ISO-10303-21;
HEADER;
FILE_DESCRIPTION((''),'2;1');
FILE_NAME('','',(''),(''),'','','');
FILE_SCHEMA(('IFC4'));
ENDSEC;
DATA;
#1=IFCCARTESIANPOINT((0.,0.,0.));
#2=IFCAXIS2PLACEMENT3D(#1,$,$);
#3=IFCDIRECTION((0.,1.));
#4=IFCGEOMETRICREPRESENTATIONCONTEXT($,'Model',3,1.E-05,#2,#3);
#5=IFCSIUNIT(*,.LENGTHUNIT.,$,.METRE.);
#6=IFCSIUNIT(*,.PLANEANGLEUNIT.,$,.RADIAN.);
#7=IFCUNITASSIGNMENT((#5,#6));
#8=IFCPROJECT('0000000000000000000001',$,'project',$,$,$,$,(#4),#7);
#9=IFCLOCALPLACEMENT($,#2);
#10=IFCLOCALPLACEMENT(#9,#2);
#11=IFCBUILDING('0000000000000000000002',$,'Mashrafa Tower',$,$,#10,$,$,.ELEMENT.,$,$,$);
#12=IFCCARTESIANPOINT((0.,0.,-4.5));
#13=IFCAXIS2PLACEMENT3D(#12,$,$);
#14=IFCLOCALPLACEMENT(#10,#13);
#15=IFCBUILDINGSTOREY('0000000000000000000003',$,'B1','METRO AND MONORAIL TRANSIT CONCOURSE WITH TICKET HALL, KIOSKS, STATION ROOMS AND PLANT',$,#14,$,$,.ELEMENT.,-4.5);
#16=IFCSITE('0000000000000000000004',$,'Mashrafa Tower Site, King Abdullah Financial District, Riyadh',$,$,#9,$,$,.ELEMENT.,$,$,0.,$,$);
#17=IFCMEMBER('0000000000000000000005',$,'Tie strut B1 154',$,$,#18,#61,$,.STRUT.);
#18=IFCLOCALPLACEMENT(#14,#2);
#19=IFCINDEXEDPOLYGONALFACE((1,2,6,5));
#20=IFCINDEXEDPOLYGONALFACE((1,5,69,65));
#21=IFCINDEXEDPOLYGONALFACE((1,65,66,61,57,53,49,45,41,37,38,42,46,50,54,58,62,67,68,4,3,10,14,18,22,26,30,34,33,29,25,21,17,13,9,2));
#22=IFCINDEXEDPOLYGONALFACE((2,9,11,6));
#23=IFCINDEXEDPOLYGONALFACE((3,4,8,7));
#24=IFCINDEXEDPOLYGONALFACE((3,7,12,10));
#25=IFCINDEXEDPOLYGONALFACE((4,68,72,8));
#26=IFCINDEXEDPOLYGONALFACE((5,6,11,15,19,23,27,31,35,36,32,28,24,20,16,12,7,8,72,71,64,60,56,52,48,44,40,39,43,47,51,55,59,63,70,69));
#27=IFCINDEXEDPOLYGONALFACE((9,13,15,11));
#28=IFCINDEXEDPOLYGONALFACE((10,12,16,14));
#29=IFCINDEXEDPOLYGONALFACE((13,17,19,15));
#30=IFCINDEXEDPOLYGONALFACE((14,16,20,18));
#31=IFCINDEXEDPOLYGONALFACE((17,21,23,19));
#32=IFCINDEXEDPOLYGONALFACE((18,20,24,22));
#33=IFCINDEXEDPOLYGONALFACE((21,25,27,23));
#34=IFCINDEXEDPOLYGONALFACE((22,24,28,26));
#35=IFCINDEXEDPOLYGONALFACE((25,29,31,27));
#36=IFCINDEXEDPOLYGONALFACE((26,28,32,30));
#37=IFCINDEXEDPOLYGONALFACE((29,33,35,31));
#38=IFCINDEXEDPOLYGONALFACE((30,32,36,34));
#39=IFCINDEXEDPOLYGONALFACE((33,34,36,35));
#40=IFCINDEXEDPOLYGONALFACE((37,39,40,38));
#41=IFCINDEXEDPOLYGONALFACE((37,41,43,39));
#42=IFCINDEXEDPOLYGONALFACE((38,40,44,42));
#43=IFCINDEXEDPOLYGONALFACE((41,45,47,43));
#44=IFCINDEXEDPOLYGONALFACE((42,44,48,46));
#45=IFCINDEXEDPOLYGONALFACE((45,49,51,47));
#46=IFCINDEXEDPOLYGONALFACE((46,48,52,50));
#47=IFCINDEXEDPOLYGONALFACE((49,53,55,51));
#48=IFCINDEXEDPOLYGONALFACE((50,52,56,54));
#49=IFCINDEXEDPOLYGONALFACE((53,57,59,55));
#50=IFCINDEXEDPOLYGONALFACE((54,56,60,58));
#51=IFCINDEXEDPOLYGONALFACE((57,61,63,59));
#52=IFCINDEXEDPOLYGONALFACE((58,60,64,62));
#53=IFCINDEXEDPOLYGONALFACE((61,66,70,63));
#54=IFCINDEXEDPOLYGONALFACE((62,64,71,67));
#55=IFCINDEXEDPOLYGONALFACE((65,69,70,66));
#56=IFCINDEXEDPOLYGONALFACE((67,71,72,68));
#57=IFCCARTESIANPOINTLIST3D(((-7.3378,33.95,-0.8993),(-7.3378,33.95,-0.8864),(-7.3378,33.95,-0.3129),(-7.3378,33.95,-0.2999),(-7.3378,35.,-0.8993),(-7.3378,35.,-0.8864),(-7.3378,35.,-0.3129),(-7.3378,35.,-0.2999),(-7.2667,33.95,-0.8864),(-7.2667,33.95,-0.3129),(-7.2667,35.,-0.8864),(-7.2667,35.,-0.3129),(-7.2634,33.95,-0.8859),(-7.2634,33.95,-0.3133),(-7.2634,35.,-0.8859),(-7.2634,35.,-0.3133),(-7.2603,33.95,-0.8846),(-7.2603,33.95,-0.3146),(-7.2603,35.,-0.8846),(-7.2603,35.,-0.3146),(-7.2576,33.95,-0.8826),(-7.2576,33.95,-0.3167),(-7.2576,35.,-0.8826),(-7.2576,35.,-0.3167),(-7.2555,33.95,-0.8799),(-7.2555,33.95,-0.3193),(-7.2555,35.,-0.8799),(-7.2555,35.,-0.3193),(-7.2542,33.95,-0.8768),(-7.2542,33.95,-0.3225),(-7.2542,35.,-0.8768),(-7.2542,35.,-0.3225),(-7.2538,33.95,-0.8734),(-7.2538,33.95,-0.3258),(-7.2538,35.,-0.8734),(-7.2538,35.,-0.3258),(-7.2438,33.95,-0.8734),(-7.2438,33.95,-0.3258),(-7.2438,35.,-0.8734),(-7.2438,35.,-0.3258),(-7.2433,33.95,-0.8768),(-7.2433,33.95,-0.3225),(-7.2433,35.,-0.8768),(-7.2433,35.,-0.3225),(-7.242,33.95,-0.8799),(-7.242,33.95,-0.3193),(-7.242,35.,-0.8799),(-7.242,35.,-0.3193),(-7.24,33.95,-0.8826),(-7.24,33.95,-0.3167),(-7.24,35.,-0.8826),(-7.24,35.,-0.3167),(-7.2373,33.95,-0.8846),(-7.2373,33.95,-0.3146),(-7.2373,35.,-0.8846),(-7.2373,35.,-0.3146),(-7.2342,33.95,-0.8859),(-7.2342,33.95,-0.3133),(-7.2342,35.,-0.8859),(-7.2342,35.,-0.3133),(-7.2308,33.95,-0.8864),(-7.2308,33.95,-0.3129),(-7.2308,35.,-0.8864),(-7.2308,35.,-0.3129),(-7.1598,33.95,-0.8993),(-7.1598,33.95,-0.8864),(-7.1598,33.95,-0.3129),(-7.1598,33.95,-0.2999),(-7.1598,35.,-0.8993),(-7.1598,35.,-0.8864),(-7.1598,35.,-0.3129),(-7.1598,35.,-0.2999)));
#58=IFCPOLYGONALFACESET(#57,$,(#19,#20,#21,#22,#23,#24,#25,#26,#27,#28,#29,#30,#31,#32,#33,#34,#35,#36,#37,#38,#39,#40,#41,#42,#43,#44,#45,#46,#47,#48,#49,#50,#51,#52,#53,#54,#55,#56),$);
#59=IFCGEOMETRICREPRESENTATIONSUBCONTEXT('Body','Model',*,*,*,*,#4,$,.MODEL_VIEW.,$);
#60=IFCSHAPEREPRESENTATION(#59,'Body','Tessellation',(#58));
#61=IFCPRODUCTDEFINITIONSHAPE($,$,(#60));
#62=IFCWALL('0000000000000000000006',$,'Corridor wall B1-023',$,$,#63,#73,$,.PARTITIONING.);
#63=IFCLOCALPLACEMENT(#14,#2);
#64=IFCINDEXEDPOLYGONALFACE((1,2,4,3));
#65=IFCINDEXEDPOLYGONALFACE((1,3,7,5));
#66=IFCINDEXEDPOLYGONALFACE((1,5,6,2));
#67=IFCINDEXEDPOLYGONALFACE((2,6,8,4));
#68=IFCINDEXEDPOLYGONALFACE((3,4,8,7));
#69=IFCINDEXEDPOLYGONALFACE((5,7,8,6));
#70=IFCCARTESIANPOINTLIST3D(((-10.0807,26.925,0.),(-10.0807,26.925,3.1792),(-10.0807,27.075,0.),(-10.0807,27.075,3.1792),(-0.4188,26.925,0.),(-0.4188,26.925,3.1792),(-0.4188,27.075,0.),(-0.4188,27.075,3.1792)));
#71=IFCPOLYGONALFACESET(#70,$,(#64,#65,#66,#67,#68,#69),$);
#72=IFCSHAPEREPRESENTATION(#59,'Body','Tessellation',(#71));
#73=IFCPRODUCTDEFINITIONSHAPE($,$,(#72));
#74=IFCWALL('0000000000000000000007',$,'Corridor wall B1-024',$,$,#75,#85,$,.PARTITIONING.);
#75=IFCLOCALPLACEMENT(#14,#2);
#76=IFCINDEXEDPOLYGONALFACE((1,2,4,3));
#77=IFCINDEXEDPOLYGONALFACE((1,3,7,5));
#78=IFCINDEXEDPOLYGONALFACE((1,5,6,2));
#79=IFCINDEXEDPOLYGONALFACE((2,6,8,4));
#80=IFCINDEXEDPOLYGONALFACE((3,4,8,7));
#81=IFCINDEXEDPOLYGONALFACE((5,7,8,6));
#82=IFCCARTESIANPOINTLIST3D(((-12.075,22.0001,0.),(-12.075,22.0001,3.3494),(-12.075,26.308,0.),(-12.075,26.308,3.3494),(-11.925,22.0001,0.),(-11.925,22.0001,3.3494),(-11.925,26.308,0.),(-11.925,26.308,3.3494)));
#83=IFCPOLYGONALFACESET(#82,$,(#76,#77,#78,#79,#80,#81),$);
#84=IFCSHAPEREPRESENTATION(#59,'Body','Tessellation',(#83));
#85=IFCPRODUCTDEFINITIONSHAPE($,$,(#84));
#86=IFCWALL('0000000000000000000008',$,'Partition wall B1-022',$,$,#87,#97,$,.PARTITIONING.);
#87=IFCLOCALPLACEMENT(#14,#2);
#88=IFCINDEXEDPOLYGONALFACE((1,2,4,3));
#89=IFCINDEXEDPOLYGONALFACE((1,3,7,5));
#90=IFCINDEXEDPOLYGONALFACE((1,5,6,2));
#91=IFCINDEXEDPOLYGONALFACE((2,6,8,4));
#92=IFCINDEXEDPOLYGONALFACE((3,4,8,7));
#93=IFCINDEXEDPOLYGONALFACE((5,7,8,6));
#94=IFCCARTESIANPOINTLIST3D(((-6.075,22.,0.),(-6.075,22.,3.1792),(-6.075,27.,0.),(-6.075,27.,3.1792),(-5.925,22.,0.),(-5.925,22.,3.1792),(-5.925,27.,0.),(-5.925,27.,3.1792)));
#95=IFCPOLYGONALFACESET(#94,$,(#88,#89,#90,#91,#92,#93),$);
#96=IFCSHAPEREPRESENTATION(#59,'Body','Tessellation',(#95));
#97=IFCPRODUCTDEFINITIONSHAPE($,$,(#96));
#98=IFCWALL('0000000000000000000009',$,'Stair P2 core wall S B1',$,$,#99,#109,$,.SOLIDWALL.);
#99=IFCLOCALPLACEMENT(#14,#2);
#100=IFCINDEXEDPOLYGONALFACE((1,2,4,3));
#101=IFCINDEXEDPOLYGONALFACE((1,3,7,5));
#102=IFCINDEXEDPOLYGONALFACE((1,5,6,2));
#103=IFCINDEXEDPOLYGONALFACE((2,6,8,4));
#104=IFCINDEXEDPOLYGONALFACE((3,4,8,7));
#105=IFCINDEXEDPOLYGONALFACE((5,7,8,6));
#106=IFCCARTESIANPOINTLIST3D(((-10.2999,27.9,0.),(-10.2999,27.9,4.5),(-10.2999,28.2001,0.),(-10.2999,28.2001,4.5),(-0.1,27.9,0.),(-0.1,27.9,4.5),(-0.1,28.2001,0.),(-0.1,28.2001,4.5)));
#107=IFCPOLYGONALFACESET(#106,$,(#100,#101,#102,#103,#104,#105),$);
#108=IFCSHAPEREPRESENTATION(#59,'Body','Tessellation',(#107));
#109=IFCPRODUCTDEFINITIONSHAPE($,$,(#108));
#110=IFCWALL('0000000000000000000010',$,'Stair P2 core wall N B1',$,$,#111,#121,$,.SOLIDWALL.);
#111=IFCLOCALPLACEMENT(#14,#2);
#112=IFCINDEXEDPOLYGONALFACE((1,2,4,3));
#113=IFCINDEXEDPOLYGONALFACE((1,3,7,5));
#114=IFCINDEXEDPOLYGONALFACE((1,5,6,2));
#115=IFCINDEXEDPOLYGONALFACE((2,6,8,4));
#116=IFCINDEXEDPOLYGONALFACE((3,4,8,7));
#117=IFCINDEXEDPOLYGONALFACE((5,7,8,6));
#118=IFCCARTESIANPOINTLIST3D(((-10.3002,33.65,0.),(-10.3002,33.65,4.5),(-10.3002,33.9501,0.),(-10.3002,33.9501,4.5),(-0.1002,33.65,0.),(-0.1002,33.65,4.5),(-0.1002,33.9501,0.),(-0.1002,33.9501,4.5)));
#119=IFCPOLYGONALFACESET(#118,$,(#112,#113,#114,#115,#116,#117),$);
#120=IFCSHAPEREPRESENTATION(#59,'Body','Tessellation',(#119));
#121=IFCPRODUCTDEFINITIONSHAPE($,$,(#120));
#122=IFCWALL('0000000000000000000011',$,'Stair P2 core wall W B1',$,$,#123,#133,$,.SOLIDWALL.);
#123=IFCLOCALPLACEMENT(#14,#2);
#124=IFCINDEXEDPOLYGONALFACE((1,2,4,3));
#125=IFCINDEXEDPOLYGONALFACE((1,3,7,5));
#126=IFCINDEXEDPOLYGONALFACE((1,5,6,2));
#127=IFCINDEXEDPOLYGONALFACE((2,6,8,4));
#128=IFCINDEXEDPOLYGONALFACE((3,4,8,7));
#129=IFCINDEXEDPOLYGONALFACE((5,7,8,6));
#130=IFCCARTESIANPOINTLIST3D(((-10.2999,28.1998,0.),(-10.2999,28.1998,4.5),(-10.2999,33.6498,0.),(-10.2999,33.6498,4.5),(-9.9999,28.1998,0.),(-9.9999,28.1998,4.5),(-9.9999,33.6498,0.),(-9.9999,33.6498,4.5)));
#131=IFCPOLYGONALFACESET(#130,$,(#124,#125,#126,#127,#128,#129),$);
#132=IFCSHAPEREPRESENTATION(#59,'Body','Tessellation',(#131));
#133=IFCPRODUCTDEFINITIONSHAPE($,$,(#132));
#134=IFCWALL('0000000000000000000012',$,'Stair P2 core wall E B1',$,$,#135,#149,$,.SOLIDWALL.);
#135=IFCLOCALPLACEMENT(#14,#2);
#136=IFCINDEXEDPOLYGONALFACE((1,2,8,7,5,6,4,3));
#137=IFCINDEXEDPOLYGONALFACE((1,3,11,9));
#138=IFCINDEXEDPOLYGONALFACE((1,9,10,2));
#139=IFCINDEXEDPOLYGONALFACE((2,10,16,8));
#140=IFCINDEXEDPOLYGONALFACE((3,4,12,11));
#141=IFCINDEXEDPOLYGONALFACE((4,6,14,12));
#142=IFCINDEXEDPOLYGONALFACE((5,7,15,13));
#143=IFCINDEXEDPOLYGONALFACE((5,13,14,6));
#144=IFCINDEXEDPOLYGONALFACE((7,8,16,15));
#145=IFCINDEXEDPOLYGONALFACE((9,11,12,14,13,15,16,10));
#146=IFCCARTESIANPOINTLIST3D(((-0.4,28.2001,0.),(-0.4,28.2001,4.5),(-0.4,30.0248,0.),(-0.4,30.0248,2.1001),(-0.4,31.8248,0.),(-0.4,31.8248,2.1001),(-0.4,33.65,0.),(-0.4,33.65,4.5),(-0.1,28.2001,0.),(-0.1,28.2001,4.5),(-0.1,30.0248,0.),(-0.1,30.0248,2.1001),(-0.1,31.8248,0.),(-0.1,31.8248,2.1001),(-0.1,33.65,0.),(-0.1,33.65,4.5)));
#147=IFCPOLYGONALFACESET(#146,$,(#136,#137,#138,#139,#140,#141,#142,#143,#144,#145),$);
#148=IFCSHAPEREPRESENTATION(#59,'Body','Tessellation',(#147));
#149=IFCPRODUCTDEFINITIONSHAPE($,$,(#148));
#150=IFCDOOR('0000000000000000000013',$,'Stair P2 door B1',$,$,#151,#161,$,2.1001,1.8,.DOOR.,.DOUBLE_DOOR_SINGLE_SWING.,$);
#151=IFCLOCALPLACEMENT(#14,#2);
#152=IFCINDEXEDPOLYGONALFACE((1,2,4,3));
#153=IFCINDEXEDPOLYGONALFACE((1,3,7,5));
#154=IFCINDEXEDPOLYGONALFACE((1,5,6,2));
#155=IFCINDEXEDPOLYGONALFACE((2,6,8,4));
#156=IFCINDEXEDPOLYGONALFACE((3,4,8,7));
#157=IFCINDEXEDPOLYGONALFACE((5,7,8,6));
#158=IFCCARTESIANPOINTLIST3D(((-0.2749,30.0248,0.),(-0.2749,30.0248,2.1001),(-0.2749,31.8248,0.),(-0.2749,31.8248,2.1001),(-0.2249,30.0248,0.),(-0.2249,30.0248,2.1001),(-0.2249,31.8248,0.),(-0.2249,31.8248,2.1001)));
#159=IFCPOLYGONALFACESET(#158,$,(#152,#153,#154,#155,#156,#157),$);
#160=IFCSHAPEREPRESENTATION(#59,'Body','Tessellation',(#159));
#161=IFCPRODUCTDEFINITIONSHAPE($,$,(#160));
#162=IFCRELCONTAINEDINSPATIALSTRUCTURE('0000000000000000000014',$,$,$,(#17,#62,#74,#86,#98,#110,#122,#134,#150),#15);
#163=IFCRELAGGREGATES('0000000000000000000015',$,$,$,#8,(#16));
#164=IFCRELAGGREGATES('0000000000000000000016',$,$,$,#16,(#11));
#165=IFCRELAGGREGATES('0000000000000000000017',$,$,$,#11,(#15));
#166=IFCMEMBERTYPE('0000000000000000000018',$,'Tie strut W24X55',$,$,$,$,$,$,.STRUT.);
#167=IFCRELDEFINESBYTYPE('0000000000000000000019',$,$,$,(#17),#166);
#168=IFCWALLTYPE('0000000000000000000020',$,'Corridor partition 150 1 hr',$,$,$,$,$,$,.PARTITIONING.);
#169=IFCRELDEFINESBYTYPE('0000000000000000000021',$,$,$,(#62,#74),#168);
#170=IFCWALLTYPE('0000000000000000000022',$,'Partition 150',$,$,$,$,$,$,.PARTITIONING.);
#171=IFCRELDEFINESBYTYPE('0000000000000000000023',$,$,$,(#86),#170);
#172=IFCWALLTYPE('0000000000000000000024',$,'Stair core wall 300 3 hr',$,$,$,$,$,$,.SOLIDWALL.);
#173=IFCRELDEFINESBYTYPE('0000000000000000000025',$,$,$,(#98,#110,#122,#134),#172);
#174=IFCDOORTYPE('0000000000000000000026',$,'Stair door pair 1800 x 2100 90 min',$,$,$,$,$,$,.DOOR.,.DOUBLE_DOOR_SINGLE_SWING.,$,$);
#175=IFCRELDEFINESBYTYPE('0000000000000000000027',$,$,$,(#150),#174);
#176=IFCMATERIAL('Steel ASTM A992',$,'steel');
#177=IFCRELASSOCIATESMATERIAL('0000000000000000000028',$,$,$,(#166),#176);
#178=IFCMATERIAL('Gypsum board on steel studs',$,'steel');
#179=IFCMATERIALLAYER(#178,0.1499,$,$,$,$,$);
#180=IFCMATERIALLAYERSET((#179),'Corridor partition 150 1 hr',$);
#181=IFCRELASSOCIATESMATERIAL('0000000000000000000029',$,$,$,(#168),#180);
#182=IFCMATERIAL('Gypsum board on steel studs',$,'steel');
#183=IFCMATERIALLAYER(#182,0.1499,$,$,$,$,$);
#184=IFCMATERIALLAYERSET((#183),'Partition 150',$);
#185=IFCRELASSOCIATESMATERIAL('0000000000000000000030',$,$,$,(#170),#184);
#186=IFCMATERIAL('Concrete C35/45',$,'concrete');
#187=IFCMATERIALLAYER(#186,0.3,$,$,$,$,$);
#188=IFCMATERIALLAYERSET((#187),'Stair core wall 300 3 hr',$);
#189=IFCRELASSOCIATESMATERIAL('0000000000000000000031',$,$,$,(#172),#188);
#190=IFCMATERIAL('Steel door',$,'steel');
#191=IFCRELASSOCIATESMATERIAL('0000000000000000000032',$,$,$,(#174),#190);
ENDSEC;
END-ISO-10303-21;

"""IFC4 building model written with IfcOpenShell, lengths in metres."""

from ifc_helpers import new_model, si_unit, direction, frame, frame_2d, origin, origin_2d, place, context, subcontext, project, spatial, rectangle, i_section, extrude, source, transform, mapped, material, layer, layer_set, material_profile, profile_set, type_object, type_shapes, element, fill, save


model = new_model("IFC4")

# Units and contexts
model_context = context("Model", 3, precision=1e-05, world=origin(), true_north=direction((0.0, 1.0)))
body_context = subcontext(model_context, "Body", "Model", "MODEL_VIEW")
ifc_project = project(units=[si_unit("LENGTHUNIT", "METRE"), si_unit("PLANEANGLEUNIT", "RADIAN")], contexts=[model_context])

# Site, building, storey
site_placement = place(None, origin())
site = spatial("IfcSite", under=ifc_project, at=site_placement, Name="Mashrafa Tower Site, King Abdullah Financial District, Riyadh", CompositionType="ELEMENT", RefElevation=0.0)
building_placement = place(site_placement, origin())
building = spatial("IfcBuilding", under=site, at=building_placement, Name="Mashrafa Tower", CompositionType="ELEMENT")
storey_placement = place(building_placement, frame((0.0, 0.0, -4.5)))
storey = spatial("IfcBuildingStorey", under=building, at=storey_placement, Name="B1", Description="METRO AND MONORAIL TRANSIT CONCOURSE WITH TICKET HALL, KIOSKS, STATION ROOMS AND PLANT", CompositionType="ELEMENT", Elevation=-4.5)

# Member
ifc_material_1 = material(Name="Steel ASTM A992", Category="steel")
ifc_material_profile_1 = material_profile(ifc_material_1, i_section(OverallWidth=0.178, OverallDepth=0.5994, WebThickness=0.01, FlangeThickness=0.0129, FilletRadius=0.0129, at=origin_2d()), Name="W24X55")
ifc_profile_set_1 = profile_set([ifc_material_profile_1], Name="Steel ASTM A992")
member_type = type_object("IfcMemberType", Name="Tie strut W24X55", PredefinedType="STRUT", material=ifc_profile_set_1)
shared_shape = source(origin(), body_context, "Body", "SweptSolid", [
    extrude(i_section(OverallWidth=0.178, OverallDepth=0.5994, WebThickness=0.01, FlangeThickness=0.0129, FilletRadius=0.0129, at=origin_2d()), origin(), (0.0, 0.0, 1.0), 1.05),
])
type_shapes(member_type, [shared_shape])
member_placement = place(storey_placement, frame((-7.2488, 33.95, -0.5996), z_axis=(0.0, 1.0, 0.0), x_axis=(-1.0, 0.0, 0.0)))
element("IfcMember", 1, at=member_placement, inside=storey, type_object=member_type, Name="Tie strut B1 154", PredefinedType="STRUT", context=body_context, shape_type="MappedRepresentation", body=[
    mapped(shared_shape, transform((0.0, 0.0, 0.0))),
])

# Walls
ifc_material_2 = material(Name="Gypsum board on steel studs", Category="steel")
ifc_layer_1 = layer(ifc_material_2, 0.1499)
ifc_layer_set_1 = layer_set([ifc_layer_1], Name="Corridor partition 150 1 hr")
wall_type_1 = type_object("IfcWallType", Name="Corridor partition 150 1 hr", PredefinedType="PARTITIONING", material=ifc_layer_set_1)
wall_1_placement = place(storey_placement, frame((-10.0808, 27.0, 0.0), z_axis=(0.0, 0.0, 1.0), x_axis=(1.0, 0.0, 0.0)))
element("IfcWall", 2, at=wall_1_placement, inside=storey, type_object=wall_type_1, Name="Corridor wall B1-023", PredefinedType="PARTITIONING", context=body_context, shape_type="SweptSolid", body=[
    extrude(rectangle(XDim=9.6619, YDim=0.1499, at=frame_2d((4.8311, 0.0))), origin(), (0.0, 0.0, 1.0), 3.1792),
])
wall_2_placement = place(storey_placement, frame((-12.0, 26.3079, 0.0), z_axis=(0.0, 0.0, 1.0), x_axis=(0.0, -1.0, 0.0)))
element("IfcWall", 3, at=wall_2_placement, inside=storey, type_object=wall_type_1, Name="Corridor wall B1-024", PredefinedType="PARTITIONING", context=body_context, shape_type="SweptSolid", body=[
    extrude(rectangle(XDim=4.3079, YDim=0.1499, at=frame_2d((2.1538, 0.0))), origin(), (0.0, 0.0, 1.0), 3.3494),
])
ifc_material_3 = material(Name="Gypsum board on steel studs", Category="steel")
ifc_layer_2 = layer(ifc_material_3, 0.1499)
ifc_layer_set_2 = layer_set([ifc_layer_2], Name="Partition 150")
wall_type_2 = type_object("IfcWallType", Name="Partition 150", PredefinedType="PARTITIONING", material=ifc_layer_set_2)
wall_3_placement = place(storey_placement, frame((-6.0, 22.0, 0.0), z_axis=(0.0, 0.0, 1.0), x_axis=(0.0, 1.0, 0.0)))
element("IfcWall", 4, at=wall_3_placement, inside=storey, type_object=wall_type_2, Name="Partition wall B1-022", PredefinedType="PARTITIONING", context=body_context, shape_type="SweptSolid", body=[
    extrude(rectangle(XDim=5.0, YDim=0.1499, at=frame_2d((2.5, 0.0))), origin(), (0.0, 0.0, 1.0), 3.1792),
])
ifc_material_4 = material(Name="Concrete C35/45", Category="concrete")
ifc_layer_3 = layer(ifc_material_4, 0.3)
ifc_layer_set_3 = layer_set([ifc_layer_3], Name="Stair core wall 300 3 hr")
wall_type_3 = type_object("IfcWallType", Name="Stair core wall 300 3 hr", PredefinedType="SOLIDWALL", material=ifc_layer_set_3)
for number, where, z_axis, x_axis, name in (
    (5, (-10.3, 28.05, 0.0), (0.0, 0.0, 1.0), (1.0, 0.0, 0.0), "Stair P2 core wall S B1"),
    (6, (-0.1001, 33.8, 0.0), (0.0, 0.0, 1.0), (-1.0, 0.0, 0.0), "Stair P2 core wall N B1"),
):
    element("IfcWall", number, at=place(storey_placement, frame(where, z_axis=z_axis, x_axis=x_axis)), inside=storey, type_object=wall_type_3, Name=name, PredefinedType="SOLIDWALL", context=body_context, shape_type="SweptSolid", body=[
        extrude(rectangle(XDim=10.2, YDim=0.3, at=frame_2d((5.1001, 0.0))), origin(), (0.0, 0.0, 1.0), 4.5),
    ])
wall_4_placement = place(storey_placement, frame((-10.1499, 33.6499, 0.0), z_axis=(0.0, 0.0, 1.0), x_axis=(0.0, -1.0, 0.0)))
element("IfcWall", 7, at=wall_4_placement, inside=storey, type_object=wall_type_3, Name="Stair P2 core wall W B1", PredefinedType="SOLIDWALL", context=body_context, shape_type="SweptSolid", body=[
    extrude(rectangle(XDim=5.45, YDim=0.3, at=frame_2d((2.7251, 0.0))), origin(), (0.0, 0.0, 1.0), 4.5),
])

# Wall, opening, door
wall_5_placement = place(storey_placement, frame((-0.25, 28.2, 0.0), z_axis=(0.0, 0.0, 1.0), x_axis=(0.0, 1.0, 0.0)))
wall_5 = element("IfcWall", 8, at=wall_5_placement, inside=storey, type_object=wall_type_3, Name="Stair P2 core wall E B1", PredefinedType="SOLIDWALL", context=body_context, shape_type="SweptSolid", body=[
    extrude(rectangle(XDim=5.45, YDim=0.3, at=frame_2d((2.7251, 0.0))), origin(), (0.0, 0.0, 1.0), 4.5),
])
opening_placement = place(wall_5_placement, frame((1.825, 0.0, 0.0)))
opening = element("IfcOpeningElement", 9, at=opening_placement, cuts=wall_5, PredefinedType="OPENING", context=body_context, shape_type="SweptSolid", body=[
    extrude(rectangle(XDim=1.8, YDim=2.1001, at=frame_2d((0.8999, 1.05))), frame((0.0, 0.1599, 0.0), z_axis=(0.0, -1.0, 0.0), x_axis=(1.0, 0.0, 0.0)), (0.0, 0.0, 1.0), 0.3201),
])
ifc_material_5 = material(Name="Steel door", Category="steel")
door_type = type_object("IfcDoorType", Name="Stair door pair 1800 x 2100 90 min", OperationType="DOUBLE_DOOR_SINGLE_SWING", PredefinedType="DOOR", material=ifc_material_5)
door_placement = place(opening_placement, origin())
door = element("IfcDoor", 10, at=door_placement, inside=storey, type_object=door_type, Name="Stair P2 door B1", OperationType="DOUBLE_DOOR_SINGLE_SWING", OverallHeight=2.1001, OverallWidth=1.8, PredefinedType="DOOR", context=body_context, shape_type="SweptSolid", body=[
    extrude(rectangle(XDim=1.8, YDim=2.1001, at=frame_2d((0.8999, 1.05))), frame((0.0, 0.0249, 0.0), z_axis=(0.0, -1.0, 0.0), x_axis=(1.0, 0.0, 0.0)), (0.0, 0.0, 1.0), 0.05),
])
fill(opening, door)

save(model, "model.ifc")
